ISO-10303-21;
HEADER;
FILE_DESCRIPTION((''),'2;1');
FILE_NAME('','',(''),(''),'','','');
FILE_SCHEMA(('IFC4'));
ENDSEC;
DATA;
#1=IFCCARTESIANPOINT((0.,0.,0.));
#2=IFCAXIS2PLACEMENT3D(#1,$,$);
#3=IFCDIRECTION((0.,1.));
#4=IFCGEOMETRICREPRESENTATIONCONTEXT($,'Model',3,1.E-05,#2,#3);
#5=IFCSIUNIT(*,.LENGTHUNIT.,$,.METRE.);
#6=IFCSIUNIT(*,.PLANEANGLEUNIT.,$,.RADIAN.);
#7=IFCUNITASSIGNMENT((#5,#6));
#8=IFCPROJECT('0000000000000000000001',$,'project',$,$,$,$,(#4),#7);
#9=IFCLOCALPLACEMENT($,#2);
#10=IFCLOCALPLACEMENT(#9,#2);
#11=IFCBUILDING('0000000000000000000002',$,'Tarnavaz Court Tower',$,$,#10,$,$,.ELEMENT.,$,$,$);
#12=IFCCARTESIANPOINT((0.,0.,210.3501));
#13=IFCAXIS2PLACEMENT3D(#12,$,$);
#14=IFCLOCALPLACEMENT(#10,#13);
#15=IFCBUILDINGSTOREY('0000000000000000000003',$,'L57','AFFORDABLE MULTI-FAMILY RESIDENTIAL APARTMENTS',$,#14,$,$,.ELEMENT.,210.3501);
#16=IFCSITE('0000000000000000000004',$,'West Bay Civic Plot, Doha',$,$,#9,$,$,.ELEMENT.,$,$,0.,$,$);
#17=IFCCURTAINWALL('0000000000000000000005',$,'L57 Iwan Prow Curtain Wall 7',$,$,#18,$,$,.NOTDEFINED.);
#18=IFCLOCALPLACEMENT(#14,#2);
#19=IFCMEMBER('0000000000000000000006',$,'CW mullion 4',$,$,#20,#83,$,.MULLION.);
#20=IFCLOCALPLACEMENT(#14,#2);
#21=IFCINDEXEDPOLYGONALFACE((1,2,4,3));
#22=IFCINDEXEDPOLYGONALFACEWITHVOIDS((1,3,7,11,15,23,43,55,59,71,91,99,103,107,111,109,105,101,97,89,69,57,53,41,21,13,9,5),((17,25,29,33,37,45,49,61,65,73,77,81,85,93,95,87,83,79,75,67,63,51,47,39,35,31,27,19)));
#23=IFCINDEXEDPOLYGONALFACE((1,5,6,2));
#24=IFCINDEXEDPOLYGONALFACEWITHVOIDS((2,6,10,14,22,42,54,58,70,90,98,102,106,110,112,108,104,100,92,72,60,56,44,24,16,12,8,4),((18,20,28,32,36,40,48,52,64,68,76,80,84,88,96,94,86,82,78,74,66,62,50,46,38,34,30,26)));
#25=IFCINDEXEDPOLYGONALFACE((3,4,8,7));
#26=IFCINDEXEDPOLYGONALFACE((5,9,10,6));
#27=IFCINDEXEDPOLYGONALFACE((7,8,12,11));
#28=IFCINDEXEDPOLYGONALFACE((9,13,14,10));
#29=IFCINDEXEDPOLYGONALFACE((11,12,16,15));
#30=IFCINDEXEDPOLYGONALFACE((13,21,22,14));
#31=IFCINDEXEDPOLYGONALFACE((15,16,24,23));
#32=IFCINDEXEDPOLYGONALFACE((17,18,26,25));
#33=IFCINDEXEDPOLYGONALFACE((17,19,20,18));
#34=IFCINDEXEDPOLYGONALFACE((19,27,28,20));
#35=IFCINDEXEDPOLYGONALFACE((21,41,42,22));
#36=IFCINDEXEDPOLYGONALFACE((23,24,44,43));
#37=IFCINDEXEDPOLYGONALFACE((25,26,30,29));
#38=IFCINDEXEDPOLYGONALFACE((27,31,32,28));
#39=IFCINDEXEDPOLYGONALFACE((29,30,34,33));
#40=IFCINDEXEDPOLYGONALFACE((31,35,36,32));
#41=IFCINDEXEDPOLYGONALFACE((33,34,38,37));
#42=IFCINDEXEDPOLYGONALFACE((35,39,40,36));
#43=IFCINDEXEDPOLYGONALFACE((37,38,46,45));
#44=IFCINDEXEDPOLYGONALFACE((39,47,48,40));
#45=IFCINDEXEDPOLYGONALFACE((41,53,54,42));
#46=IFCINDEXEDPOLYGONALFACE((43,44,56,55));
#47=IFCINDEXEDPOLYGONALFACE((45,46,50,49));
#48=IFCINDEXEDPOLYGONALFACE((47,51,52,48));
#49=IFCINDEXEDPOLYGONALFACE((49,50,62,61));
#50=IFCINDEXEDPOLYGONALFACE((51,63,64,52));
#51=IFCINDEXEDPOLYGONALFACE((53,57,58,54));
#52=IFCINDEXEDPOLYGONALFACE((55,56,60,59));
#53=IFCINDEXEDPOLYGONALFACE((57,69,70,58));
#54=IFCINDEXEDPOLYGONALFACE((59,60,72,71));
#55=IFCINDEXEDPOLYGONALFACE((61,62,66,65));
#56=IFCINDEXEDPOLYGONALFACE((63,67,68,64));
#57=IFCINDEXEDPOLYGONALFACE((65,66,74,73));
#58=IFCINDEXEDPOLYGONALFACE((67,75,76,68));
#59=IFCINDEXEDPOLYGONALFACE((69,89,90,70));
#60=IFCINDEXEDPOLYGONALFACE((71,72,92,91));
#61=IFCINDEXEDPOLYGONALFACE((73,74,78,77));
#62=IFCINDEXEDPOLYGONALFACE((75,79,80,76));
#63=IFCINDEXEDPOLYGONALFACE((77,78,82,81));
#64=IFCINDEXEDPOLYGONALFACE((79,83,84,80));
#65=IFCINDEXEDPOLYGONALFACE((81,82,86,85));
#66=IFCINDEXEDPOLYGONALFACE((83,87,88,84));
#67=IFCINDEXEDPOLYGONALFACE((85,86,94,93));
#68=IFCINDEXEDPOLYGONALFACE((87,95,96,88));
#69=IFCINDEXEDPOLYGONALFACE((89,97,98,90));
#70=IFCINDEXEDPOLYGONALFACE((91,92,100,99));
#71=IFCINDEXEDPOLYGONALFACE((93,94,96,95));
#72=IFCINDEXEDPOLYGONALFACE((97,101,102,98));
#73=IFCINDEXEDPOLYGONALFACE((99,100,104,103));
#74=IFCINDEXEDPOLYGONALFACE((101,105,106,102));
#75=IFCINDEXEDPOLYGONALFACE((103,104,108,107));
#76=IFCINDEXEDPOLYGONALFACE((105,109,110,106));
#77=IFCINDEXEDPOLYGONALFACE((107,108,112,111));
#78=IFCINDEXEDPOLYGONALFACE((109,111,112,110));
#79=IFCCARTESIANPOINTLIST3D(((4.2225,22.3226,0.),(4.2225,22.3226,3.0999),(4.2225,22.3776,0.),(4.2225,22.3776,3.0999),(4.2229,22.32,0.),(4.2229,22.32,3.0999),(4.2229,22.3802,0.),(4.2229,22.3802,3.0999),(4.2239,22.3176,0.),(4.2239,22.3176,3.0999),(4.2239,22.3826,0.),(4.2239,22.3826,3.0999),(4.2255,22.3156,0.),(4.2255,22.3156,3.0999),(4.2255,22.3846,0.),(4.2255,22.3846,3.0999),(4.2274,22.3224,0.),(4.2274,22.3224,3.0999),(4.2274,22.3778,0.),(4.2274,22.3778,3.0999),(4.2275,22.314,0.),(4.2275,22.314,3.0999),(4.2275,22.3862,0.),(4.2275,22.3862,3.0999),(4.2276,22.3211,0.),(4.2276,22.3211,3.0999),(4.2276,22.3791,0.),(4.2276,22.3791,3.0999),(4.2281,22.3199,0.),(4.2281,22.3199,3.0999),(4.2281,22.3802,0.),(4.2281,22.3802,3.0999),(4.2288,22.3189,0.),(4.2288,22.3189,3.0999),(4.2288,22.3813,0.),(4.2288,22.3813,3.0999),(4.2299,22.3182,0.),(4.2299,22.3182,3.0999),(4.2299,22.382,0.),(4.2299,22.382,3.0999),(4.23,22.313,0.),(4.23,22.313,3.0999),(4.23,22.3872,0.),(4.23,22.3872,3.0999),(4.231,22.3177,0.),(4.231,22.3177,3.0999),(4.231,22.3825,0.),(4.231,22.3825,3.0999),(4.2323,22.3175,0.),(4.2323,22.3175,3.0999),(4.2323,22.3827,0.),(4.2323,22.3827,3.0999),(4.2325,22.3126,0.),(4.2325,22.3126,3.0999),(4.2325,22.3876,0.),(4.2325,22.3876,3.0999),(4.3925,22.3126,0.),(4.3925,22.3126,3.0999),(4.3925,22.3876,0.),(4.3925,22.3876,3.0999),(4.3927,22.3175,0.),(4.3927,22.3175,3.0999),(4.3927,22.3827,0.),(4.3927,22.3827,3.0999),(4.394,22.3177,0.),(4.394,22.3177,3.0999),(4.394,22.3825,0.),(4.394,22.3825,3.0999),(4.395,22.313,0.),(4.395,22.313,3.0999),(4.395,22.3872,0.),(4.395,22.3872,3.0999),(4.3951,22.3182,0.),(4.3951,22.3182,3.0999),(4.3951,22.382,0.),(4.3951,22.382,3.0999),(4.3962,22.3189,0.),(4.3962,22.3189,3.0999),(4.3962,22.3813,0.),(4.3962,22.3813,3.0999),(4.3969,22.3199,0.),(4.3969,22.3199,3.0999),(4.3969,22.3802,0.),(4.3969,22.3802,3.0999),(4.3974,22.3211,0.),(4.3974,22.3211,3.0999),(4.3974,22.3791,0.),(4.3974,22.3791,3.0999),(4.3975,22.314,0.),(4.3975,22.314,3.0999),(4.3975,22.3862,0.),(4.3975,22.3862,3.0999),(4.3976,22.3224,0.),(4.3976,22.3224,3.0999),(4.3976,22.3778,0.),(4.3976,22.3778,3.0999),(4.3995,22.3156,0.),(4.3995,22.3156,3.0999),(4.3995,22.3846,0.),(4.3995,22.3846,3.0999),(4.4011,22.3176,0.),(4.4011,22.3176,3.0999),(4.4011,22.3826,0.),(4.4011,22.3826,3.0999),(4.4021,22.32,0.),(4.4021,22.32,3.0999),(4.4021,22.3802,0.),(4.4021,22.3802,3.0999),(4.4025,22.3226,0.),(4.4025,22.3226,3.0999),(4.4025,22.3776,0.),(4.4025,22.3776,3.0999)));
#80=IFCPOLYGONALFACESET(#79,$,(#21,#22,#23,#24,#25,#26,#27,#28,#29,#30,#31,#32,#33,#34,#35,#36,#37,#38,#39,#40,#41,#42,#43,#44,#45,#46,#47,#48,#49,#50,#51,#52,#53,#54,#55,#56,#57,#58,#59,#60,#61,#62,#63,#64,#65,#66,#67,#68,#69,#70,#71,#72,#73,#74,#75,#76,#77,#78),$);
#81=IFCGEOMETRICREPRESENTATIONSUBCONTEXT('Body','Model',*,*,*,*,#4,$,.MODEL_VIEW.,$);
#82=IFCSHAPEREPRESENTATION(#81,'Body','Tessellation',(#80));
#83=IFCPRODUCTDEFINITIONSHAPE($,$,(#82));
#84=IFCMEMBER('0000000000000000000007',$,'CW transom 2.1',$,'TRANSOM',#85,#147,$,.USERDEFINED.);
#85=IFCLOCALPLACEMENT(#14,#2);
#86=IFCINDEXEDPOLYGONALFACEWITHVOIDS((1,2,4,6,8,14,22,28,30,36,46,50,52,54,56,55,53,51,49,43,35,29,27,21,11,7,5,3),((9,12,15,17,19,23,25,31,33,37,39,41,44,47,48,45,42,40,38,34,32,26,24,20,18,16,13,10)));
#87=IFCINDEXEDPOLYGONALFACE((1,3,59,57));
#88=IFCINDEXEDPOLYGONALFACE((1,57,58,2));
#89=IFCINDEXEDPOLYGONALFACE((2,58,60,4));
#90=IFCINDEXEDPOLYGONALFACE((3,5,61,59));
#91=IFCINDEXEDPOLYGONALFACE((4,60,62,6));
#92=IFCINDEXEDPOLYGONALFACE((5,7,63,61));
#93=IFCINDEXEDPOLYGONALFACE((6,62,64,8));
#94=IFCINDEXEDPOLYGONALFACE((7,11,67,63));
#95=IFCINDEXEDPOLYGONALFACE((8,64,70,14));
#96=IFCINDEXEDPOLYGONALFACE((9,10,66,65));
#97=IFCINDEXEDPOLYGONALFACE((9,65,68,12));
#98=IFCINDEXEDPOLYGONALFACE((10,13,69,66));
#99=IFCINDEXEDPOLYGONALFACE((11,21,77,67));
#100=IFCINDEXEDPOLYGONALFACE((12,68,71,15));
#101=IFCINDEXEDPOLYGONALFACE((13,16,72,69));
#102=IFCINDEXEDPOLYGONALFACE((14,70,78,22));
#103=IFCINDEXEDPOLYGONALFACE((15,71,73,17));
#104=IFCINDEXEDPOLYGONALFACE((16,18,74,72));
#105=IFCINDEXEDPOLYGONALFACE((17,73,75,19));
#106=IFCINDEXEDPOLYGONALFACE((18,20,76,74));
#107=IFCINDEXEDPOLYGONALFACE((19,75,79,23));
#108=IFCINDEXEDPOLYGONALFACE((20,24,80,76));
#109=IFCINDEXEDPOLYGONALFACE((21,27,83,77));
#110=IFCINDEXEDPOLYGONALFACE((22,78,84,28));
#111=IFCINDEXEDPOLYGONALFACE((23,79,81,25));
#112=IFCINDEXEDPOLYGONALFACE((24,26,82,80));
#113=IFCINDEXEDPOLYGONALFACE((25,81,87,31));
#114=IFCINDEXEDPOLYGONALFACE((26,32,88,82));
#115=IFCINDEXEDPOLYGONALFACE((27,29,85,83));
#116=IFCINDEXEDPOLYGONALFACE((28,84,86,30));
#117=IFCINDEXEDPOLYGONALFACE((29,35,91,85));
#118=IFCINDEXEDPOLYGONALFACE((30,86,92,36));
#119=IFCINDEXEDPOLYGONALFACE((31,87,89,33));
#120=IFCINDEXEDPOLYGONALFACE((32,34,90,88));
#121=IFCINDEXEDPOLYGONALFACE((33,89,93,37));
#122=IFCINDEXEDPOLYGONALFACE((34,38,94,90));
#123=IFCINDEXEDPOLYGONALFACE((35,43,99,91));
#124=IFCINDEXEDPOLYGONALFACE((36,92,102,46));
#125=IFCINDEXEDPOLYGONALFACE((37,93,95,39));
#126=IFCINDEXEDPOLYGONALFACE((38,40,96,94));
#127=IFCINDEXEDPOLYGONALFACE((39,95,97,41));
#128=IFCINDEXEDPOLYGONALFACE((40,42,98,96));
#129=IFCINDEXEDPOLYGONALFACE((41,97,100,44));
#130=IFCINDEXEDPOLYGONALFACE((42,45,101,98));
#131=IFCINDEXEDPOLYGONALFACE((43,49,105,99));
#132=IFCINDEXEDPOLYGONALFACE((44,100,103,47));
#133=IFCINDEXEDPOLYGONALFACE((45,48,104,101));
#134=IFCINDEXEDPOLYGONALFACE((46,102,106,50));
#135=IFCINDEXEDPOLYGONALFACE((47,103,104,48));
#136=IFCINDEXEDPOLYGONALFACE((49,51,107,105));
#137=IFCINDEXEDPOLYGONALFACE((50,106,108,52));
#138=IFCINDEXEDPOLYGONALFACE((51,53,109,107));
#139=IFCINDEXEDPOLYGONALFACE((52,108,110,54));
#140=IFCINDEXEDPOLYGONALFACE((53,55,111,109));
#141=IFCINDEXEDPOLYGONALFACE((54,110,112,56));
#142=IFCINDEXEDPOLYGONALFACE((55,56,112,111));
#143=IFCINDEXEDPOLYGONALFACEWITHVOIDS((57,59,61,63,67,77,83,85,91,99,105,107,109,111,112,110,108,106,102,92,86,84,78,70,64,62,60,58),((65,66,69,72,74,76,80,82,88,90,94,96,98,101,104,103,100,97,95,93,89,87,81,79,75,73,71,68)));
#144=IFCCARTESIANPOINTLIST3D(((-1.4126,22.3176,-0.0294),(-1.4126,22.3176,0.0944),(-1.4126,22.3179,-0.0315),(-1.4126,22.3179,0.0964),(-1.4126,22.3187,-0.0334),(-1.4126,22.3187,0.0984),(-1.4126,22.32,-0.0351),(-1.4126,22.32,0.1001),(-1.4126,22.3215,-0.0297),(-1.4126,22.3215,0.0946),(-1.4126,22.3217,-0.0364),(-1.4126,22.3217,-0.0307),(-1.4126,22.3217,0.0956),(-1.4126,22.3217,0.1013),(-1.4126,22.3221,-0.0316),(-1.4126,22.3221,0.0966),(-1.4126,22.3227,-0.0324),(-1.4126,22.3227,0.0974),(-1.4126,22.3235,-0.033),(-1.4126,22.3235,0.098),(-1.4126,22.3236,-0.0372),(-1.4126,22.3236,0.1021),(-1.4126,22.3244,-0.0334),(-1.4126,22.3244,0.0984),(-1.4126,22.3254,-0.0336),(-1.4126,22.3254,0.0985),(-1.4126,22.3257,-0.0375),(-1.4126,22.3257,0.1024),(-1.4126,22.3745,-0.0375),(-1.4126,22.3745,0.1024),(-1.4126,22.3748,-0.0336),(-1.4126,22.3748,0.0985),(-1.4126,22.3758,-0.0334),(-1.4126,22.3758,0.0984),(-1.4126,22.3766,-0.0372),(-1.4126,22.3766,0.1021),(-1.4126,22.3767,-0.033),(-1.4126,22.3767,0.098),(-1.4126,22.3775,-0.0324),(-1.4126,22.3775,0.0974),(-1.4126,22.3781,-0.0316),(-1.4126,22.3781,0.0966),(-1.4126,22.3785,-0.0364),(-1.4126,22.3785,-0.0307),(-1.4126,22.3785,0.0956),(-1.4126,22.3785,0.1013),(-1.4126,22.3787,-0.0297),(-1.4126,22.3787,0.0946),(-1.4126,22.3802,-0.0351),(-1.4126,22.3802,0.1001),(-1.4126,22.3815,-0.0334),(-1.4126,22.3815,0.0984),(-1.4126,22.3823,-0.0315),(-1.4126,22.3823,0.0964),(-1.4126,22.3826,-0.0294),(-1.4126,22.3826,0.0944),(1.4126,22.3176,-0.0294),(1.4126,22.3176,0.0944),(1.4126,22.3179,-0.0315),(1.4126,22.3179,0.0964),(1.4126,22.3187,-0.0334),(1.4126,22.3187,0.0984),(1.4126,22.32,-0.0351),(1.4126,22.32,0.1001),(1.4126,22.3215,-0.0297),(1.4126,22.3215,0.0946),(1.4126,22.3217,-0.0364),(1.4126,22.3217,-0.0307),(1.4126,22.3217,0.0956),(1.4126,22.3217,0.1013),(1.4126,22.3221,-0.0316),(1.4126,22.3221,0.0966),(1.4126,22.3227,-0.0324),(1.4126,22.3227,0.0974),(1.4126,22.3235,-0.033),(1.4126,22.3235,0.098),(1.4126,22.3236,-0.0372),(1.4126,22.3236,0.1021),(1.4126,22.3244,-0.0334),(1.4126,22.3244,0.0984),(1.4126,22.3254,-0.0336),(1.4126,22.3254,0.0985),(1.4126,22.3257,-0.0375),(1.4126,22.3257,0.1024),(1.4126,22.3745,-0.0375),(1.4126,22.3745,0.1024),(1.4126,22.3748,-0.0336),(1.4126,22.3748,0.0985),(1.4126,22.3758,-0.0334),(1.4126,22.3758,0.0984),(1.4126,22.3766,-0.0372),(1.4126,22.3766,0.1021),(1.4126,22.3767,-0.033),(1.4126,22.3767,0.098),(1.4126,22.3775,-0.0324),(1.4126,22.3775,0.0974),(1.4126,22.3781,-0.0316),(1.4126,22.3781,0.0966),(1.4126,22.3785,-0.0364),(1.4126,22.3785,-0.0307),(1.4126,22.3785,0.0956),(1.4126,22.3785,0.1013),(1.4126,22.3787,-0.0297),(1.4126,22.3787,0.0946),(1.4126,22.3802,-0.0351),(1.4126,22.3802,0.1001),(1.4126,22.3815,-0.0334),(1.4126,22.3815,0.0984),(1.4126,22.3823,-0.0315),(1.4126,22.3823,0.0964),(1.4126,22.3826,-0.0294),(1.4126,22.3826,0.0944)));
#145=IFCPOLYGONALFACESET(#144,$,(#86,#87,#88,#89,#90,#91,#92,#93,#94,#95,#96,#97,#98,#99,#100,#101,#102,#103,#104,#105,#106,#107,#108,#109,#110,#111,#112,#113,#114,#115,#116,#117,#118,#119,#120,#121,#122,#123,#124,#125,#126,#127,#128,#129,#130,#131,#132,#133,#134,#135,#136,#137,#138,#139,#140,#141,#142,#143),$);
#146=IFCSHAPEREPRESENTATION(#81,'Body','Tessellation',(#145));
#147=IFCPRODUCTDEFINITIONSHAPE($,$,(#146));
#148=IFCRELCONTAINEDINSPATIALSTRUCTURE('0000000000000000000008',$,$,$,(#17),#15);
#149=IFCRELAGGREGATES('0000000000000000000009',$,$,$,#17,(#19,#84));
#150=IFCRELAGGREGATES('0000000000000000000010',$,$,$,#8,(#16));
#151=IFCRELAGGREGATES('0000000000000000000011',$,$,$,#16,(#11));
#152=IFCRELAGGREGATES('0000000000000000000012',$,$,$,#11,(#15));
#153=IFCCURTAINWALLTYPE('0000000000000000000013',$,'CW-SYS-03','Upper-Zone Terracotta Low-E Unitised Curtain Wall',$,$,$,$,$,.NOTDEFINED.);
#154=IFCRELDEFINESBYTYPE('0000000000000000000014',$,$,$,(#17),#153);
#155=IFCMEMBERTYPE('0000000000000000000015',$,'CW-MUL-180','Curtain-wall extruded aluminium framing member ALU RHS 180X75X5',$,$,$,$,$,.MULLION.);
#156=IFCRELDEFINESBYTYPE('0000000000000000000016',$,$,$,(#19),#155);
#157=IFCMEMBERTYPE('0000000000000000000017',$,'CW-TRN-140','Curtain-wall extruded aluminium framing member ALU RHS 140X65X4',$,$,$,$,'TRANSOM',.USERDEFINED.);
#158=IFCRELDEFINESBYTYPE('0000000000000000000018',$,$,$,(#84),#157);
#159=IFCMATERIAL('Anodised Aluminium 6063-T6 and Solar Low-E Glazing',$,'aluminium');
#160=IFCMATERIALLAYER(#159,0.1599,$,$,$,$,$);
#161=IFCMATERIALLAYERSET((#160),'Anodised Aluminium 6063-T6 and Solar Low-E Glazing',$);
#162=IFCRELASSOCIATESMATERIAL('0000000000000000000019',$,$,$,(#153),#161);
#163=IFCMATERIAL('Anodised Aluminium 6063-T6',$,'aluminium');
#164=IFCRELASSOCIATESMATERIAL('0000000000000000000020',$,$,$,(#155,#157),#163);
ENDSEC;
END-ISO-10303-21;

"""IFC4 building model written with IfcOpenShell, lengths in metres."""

from ifc_helpers import new_model, si_unit, direction, frame, origin, origin_2d, place, context, subcontext, project, spatial, hollow_rectangle, extrude, material, layer, layer_set, material_profile, profile_set, type_object, element, aggregate, save


model = new_model("IFC4")

# Units and contexts
model_context = context("Model", 3, precision=1e-05, world=origin(), true_north=direction((0.0, 1.0)))
body_context = subcontext(model_context, "Body", "Model", "MODEL_VIEW")
ifc_project = project(units=[si_unit("LENGTHUNIT", "METRE"), si_unit("PLANEANGLEUNIT", "RADIAN")], contexts=[model_context])

# Site, building, storey
site_placement = place(None, origin())
site = spatial("IfcSite", under=ifc_project, at=site_placement, Name="West Bay Civic Plot, Doha", CompositionType="ELEMENT", RefElevation=0.0)
building_placement = place(site_placement, origin())
building = spatial("IfcBuilding", under=site, at=building_placement, Name="Tarnavaz Court Tower", CompositionType="ELEMENT")
storey_placement = place(building_placement, frame((0.0, 0.0, 210.3501)))
storey = spatial("IfcBuildingStorey", under=building, at=storey_placement, Name="L57", Description="AFFORDABLE MULTI-FAMILY RESIDENTIAL APARTMENTS", CompositionType="ELEMENT", Elevation=210.3501)

# Curtain wall, members
ifc_material_1 = material(Name="Anodised Aluminium 6063-T6 and Solar Low-E Glazing", Category="aluminium")
ifc_layer_1 = layer(ifc_material_1, 0.1599)
ifc_layer_set_1 = layer_set([ifc_layer_1], Name="Anodised Aluminium 6063-T6 and Solar Low-E Glazing")
curtain_wall_type = type_object("IfcCurtainWallType", Name="CW-SYS-03", Description="Upper-Zone Terracotta Low-E Unitised Curtain Wall", PredefinedType="NOTDEFINED", material=ifc_layer_set_1)
curtain_wall_placement = place(storey_placement, origin())
curtain_wall = element("IfcCurtainWall", 1, at=curtain_wall_placement, inside=storey, type_object=curtain_wall_type, Name="L57 Iwan Prow Curtain Wall 7", PredefinedType="NOTDEFINED")
ifc_material_2 = material(Name="Anodised Aluminium 6063-T6", Category="aluminium")
ifc_material_profile_1 = material_profile(ifc_material_2, hollow_rectangle(XDim=0.075, YDim=0.1799, WallThickness=0.0049, InnerFilletRadius=0.0049, OuterFilletRadius=0.01, at=origin_2d()), Name="ALU RHS 180X75X5")
ifc_profile_set_1 = profile_set([ifc_material_profile_1], Name="Anodised Aluminium 6063-T6")
member_type_1 = type_object("IfcMemberType", Name="CW-MUL-180", Description="Curtain-wall extruded aluminium framing member ALU RHS 180X75X5", PredefinedType="MULLION", material=ifc_profile_set_1)
member_1_placement = place(storey_placement, frame((4.3125, 22.3501, 0.0), z_axis=(0.0, 0.0, 1.0), x_axis=(0.0, 1.0, 0.0)))
member_1 = element("IfcMember", 2, at=member_1_placement, type_object=member_type_1, Name="CW mullion 4", PredefinedType="MULLION", context=body_context, shape_type="SweptSolid", body=[
    extrude(hollow_rectangle(XDim=0.075, YDim=0.1799, WallThickness=0.0049, InnerFilletRadius=0.0049, OuterFilletRadius=0.01, at=origin_2d()), origin(), (0.0, 0.0, 1.0), 3.0999),
])
ifc_material_profile_2 = material_profile(ifc_material_2, hollow_rectangle(XDim=0.0649, YDim=0.1399, WallThickness=0.0039, InnerFilletRadius=0.0039, OuterFilletRadius=0.0081, at=origin_2d()), Name="ALU RHS 140X65X4")
ifc_profile_set_2 = profile_set([ifc_material_profile_2], Name="Anodised Aluminium 6063-T6")
member_type_2 = type_object("IfcMemberType", Name="CW-TRN-140", Description="Curtain-wall extruded aluminium framing member ALU RHS 140X65X4", ElementType="TRANSOM", PredefinedType="USERDEFINED", material=ifc_profile_set_2)
member_2_placement = place(storey_placement, frame((-1.4126, 22.3501, 0.0325), z_axis=(1.0, 0.0, 0.0), x_axis=(0.0, 1.0, 0.0)))
member_2 = element("IfcMember", 3, at=member_2_placement, type_object=member_type_2, Name="CW transom 2.1", ObjectType="TRANSOM", PredefinedType="USERDEFINED", context=body_context, shape_type="SweptSolid", body=[
    extrude(hollow_rectangle(XDim=0.0649, YDim=0.1399, WallThickness=0.0039, InnerFilletRadius=0.0039, OuterFilletRadius=0.0081, at=origin_2d()), origin(), (0.0, 0.0, 1.0), 2.8252),
])
aggregate(curtain_wall, [member_1, member_2])

save(model, "model.ifc")
